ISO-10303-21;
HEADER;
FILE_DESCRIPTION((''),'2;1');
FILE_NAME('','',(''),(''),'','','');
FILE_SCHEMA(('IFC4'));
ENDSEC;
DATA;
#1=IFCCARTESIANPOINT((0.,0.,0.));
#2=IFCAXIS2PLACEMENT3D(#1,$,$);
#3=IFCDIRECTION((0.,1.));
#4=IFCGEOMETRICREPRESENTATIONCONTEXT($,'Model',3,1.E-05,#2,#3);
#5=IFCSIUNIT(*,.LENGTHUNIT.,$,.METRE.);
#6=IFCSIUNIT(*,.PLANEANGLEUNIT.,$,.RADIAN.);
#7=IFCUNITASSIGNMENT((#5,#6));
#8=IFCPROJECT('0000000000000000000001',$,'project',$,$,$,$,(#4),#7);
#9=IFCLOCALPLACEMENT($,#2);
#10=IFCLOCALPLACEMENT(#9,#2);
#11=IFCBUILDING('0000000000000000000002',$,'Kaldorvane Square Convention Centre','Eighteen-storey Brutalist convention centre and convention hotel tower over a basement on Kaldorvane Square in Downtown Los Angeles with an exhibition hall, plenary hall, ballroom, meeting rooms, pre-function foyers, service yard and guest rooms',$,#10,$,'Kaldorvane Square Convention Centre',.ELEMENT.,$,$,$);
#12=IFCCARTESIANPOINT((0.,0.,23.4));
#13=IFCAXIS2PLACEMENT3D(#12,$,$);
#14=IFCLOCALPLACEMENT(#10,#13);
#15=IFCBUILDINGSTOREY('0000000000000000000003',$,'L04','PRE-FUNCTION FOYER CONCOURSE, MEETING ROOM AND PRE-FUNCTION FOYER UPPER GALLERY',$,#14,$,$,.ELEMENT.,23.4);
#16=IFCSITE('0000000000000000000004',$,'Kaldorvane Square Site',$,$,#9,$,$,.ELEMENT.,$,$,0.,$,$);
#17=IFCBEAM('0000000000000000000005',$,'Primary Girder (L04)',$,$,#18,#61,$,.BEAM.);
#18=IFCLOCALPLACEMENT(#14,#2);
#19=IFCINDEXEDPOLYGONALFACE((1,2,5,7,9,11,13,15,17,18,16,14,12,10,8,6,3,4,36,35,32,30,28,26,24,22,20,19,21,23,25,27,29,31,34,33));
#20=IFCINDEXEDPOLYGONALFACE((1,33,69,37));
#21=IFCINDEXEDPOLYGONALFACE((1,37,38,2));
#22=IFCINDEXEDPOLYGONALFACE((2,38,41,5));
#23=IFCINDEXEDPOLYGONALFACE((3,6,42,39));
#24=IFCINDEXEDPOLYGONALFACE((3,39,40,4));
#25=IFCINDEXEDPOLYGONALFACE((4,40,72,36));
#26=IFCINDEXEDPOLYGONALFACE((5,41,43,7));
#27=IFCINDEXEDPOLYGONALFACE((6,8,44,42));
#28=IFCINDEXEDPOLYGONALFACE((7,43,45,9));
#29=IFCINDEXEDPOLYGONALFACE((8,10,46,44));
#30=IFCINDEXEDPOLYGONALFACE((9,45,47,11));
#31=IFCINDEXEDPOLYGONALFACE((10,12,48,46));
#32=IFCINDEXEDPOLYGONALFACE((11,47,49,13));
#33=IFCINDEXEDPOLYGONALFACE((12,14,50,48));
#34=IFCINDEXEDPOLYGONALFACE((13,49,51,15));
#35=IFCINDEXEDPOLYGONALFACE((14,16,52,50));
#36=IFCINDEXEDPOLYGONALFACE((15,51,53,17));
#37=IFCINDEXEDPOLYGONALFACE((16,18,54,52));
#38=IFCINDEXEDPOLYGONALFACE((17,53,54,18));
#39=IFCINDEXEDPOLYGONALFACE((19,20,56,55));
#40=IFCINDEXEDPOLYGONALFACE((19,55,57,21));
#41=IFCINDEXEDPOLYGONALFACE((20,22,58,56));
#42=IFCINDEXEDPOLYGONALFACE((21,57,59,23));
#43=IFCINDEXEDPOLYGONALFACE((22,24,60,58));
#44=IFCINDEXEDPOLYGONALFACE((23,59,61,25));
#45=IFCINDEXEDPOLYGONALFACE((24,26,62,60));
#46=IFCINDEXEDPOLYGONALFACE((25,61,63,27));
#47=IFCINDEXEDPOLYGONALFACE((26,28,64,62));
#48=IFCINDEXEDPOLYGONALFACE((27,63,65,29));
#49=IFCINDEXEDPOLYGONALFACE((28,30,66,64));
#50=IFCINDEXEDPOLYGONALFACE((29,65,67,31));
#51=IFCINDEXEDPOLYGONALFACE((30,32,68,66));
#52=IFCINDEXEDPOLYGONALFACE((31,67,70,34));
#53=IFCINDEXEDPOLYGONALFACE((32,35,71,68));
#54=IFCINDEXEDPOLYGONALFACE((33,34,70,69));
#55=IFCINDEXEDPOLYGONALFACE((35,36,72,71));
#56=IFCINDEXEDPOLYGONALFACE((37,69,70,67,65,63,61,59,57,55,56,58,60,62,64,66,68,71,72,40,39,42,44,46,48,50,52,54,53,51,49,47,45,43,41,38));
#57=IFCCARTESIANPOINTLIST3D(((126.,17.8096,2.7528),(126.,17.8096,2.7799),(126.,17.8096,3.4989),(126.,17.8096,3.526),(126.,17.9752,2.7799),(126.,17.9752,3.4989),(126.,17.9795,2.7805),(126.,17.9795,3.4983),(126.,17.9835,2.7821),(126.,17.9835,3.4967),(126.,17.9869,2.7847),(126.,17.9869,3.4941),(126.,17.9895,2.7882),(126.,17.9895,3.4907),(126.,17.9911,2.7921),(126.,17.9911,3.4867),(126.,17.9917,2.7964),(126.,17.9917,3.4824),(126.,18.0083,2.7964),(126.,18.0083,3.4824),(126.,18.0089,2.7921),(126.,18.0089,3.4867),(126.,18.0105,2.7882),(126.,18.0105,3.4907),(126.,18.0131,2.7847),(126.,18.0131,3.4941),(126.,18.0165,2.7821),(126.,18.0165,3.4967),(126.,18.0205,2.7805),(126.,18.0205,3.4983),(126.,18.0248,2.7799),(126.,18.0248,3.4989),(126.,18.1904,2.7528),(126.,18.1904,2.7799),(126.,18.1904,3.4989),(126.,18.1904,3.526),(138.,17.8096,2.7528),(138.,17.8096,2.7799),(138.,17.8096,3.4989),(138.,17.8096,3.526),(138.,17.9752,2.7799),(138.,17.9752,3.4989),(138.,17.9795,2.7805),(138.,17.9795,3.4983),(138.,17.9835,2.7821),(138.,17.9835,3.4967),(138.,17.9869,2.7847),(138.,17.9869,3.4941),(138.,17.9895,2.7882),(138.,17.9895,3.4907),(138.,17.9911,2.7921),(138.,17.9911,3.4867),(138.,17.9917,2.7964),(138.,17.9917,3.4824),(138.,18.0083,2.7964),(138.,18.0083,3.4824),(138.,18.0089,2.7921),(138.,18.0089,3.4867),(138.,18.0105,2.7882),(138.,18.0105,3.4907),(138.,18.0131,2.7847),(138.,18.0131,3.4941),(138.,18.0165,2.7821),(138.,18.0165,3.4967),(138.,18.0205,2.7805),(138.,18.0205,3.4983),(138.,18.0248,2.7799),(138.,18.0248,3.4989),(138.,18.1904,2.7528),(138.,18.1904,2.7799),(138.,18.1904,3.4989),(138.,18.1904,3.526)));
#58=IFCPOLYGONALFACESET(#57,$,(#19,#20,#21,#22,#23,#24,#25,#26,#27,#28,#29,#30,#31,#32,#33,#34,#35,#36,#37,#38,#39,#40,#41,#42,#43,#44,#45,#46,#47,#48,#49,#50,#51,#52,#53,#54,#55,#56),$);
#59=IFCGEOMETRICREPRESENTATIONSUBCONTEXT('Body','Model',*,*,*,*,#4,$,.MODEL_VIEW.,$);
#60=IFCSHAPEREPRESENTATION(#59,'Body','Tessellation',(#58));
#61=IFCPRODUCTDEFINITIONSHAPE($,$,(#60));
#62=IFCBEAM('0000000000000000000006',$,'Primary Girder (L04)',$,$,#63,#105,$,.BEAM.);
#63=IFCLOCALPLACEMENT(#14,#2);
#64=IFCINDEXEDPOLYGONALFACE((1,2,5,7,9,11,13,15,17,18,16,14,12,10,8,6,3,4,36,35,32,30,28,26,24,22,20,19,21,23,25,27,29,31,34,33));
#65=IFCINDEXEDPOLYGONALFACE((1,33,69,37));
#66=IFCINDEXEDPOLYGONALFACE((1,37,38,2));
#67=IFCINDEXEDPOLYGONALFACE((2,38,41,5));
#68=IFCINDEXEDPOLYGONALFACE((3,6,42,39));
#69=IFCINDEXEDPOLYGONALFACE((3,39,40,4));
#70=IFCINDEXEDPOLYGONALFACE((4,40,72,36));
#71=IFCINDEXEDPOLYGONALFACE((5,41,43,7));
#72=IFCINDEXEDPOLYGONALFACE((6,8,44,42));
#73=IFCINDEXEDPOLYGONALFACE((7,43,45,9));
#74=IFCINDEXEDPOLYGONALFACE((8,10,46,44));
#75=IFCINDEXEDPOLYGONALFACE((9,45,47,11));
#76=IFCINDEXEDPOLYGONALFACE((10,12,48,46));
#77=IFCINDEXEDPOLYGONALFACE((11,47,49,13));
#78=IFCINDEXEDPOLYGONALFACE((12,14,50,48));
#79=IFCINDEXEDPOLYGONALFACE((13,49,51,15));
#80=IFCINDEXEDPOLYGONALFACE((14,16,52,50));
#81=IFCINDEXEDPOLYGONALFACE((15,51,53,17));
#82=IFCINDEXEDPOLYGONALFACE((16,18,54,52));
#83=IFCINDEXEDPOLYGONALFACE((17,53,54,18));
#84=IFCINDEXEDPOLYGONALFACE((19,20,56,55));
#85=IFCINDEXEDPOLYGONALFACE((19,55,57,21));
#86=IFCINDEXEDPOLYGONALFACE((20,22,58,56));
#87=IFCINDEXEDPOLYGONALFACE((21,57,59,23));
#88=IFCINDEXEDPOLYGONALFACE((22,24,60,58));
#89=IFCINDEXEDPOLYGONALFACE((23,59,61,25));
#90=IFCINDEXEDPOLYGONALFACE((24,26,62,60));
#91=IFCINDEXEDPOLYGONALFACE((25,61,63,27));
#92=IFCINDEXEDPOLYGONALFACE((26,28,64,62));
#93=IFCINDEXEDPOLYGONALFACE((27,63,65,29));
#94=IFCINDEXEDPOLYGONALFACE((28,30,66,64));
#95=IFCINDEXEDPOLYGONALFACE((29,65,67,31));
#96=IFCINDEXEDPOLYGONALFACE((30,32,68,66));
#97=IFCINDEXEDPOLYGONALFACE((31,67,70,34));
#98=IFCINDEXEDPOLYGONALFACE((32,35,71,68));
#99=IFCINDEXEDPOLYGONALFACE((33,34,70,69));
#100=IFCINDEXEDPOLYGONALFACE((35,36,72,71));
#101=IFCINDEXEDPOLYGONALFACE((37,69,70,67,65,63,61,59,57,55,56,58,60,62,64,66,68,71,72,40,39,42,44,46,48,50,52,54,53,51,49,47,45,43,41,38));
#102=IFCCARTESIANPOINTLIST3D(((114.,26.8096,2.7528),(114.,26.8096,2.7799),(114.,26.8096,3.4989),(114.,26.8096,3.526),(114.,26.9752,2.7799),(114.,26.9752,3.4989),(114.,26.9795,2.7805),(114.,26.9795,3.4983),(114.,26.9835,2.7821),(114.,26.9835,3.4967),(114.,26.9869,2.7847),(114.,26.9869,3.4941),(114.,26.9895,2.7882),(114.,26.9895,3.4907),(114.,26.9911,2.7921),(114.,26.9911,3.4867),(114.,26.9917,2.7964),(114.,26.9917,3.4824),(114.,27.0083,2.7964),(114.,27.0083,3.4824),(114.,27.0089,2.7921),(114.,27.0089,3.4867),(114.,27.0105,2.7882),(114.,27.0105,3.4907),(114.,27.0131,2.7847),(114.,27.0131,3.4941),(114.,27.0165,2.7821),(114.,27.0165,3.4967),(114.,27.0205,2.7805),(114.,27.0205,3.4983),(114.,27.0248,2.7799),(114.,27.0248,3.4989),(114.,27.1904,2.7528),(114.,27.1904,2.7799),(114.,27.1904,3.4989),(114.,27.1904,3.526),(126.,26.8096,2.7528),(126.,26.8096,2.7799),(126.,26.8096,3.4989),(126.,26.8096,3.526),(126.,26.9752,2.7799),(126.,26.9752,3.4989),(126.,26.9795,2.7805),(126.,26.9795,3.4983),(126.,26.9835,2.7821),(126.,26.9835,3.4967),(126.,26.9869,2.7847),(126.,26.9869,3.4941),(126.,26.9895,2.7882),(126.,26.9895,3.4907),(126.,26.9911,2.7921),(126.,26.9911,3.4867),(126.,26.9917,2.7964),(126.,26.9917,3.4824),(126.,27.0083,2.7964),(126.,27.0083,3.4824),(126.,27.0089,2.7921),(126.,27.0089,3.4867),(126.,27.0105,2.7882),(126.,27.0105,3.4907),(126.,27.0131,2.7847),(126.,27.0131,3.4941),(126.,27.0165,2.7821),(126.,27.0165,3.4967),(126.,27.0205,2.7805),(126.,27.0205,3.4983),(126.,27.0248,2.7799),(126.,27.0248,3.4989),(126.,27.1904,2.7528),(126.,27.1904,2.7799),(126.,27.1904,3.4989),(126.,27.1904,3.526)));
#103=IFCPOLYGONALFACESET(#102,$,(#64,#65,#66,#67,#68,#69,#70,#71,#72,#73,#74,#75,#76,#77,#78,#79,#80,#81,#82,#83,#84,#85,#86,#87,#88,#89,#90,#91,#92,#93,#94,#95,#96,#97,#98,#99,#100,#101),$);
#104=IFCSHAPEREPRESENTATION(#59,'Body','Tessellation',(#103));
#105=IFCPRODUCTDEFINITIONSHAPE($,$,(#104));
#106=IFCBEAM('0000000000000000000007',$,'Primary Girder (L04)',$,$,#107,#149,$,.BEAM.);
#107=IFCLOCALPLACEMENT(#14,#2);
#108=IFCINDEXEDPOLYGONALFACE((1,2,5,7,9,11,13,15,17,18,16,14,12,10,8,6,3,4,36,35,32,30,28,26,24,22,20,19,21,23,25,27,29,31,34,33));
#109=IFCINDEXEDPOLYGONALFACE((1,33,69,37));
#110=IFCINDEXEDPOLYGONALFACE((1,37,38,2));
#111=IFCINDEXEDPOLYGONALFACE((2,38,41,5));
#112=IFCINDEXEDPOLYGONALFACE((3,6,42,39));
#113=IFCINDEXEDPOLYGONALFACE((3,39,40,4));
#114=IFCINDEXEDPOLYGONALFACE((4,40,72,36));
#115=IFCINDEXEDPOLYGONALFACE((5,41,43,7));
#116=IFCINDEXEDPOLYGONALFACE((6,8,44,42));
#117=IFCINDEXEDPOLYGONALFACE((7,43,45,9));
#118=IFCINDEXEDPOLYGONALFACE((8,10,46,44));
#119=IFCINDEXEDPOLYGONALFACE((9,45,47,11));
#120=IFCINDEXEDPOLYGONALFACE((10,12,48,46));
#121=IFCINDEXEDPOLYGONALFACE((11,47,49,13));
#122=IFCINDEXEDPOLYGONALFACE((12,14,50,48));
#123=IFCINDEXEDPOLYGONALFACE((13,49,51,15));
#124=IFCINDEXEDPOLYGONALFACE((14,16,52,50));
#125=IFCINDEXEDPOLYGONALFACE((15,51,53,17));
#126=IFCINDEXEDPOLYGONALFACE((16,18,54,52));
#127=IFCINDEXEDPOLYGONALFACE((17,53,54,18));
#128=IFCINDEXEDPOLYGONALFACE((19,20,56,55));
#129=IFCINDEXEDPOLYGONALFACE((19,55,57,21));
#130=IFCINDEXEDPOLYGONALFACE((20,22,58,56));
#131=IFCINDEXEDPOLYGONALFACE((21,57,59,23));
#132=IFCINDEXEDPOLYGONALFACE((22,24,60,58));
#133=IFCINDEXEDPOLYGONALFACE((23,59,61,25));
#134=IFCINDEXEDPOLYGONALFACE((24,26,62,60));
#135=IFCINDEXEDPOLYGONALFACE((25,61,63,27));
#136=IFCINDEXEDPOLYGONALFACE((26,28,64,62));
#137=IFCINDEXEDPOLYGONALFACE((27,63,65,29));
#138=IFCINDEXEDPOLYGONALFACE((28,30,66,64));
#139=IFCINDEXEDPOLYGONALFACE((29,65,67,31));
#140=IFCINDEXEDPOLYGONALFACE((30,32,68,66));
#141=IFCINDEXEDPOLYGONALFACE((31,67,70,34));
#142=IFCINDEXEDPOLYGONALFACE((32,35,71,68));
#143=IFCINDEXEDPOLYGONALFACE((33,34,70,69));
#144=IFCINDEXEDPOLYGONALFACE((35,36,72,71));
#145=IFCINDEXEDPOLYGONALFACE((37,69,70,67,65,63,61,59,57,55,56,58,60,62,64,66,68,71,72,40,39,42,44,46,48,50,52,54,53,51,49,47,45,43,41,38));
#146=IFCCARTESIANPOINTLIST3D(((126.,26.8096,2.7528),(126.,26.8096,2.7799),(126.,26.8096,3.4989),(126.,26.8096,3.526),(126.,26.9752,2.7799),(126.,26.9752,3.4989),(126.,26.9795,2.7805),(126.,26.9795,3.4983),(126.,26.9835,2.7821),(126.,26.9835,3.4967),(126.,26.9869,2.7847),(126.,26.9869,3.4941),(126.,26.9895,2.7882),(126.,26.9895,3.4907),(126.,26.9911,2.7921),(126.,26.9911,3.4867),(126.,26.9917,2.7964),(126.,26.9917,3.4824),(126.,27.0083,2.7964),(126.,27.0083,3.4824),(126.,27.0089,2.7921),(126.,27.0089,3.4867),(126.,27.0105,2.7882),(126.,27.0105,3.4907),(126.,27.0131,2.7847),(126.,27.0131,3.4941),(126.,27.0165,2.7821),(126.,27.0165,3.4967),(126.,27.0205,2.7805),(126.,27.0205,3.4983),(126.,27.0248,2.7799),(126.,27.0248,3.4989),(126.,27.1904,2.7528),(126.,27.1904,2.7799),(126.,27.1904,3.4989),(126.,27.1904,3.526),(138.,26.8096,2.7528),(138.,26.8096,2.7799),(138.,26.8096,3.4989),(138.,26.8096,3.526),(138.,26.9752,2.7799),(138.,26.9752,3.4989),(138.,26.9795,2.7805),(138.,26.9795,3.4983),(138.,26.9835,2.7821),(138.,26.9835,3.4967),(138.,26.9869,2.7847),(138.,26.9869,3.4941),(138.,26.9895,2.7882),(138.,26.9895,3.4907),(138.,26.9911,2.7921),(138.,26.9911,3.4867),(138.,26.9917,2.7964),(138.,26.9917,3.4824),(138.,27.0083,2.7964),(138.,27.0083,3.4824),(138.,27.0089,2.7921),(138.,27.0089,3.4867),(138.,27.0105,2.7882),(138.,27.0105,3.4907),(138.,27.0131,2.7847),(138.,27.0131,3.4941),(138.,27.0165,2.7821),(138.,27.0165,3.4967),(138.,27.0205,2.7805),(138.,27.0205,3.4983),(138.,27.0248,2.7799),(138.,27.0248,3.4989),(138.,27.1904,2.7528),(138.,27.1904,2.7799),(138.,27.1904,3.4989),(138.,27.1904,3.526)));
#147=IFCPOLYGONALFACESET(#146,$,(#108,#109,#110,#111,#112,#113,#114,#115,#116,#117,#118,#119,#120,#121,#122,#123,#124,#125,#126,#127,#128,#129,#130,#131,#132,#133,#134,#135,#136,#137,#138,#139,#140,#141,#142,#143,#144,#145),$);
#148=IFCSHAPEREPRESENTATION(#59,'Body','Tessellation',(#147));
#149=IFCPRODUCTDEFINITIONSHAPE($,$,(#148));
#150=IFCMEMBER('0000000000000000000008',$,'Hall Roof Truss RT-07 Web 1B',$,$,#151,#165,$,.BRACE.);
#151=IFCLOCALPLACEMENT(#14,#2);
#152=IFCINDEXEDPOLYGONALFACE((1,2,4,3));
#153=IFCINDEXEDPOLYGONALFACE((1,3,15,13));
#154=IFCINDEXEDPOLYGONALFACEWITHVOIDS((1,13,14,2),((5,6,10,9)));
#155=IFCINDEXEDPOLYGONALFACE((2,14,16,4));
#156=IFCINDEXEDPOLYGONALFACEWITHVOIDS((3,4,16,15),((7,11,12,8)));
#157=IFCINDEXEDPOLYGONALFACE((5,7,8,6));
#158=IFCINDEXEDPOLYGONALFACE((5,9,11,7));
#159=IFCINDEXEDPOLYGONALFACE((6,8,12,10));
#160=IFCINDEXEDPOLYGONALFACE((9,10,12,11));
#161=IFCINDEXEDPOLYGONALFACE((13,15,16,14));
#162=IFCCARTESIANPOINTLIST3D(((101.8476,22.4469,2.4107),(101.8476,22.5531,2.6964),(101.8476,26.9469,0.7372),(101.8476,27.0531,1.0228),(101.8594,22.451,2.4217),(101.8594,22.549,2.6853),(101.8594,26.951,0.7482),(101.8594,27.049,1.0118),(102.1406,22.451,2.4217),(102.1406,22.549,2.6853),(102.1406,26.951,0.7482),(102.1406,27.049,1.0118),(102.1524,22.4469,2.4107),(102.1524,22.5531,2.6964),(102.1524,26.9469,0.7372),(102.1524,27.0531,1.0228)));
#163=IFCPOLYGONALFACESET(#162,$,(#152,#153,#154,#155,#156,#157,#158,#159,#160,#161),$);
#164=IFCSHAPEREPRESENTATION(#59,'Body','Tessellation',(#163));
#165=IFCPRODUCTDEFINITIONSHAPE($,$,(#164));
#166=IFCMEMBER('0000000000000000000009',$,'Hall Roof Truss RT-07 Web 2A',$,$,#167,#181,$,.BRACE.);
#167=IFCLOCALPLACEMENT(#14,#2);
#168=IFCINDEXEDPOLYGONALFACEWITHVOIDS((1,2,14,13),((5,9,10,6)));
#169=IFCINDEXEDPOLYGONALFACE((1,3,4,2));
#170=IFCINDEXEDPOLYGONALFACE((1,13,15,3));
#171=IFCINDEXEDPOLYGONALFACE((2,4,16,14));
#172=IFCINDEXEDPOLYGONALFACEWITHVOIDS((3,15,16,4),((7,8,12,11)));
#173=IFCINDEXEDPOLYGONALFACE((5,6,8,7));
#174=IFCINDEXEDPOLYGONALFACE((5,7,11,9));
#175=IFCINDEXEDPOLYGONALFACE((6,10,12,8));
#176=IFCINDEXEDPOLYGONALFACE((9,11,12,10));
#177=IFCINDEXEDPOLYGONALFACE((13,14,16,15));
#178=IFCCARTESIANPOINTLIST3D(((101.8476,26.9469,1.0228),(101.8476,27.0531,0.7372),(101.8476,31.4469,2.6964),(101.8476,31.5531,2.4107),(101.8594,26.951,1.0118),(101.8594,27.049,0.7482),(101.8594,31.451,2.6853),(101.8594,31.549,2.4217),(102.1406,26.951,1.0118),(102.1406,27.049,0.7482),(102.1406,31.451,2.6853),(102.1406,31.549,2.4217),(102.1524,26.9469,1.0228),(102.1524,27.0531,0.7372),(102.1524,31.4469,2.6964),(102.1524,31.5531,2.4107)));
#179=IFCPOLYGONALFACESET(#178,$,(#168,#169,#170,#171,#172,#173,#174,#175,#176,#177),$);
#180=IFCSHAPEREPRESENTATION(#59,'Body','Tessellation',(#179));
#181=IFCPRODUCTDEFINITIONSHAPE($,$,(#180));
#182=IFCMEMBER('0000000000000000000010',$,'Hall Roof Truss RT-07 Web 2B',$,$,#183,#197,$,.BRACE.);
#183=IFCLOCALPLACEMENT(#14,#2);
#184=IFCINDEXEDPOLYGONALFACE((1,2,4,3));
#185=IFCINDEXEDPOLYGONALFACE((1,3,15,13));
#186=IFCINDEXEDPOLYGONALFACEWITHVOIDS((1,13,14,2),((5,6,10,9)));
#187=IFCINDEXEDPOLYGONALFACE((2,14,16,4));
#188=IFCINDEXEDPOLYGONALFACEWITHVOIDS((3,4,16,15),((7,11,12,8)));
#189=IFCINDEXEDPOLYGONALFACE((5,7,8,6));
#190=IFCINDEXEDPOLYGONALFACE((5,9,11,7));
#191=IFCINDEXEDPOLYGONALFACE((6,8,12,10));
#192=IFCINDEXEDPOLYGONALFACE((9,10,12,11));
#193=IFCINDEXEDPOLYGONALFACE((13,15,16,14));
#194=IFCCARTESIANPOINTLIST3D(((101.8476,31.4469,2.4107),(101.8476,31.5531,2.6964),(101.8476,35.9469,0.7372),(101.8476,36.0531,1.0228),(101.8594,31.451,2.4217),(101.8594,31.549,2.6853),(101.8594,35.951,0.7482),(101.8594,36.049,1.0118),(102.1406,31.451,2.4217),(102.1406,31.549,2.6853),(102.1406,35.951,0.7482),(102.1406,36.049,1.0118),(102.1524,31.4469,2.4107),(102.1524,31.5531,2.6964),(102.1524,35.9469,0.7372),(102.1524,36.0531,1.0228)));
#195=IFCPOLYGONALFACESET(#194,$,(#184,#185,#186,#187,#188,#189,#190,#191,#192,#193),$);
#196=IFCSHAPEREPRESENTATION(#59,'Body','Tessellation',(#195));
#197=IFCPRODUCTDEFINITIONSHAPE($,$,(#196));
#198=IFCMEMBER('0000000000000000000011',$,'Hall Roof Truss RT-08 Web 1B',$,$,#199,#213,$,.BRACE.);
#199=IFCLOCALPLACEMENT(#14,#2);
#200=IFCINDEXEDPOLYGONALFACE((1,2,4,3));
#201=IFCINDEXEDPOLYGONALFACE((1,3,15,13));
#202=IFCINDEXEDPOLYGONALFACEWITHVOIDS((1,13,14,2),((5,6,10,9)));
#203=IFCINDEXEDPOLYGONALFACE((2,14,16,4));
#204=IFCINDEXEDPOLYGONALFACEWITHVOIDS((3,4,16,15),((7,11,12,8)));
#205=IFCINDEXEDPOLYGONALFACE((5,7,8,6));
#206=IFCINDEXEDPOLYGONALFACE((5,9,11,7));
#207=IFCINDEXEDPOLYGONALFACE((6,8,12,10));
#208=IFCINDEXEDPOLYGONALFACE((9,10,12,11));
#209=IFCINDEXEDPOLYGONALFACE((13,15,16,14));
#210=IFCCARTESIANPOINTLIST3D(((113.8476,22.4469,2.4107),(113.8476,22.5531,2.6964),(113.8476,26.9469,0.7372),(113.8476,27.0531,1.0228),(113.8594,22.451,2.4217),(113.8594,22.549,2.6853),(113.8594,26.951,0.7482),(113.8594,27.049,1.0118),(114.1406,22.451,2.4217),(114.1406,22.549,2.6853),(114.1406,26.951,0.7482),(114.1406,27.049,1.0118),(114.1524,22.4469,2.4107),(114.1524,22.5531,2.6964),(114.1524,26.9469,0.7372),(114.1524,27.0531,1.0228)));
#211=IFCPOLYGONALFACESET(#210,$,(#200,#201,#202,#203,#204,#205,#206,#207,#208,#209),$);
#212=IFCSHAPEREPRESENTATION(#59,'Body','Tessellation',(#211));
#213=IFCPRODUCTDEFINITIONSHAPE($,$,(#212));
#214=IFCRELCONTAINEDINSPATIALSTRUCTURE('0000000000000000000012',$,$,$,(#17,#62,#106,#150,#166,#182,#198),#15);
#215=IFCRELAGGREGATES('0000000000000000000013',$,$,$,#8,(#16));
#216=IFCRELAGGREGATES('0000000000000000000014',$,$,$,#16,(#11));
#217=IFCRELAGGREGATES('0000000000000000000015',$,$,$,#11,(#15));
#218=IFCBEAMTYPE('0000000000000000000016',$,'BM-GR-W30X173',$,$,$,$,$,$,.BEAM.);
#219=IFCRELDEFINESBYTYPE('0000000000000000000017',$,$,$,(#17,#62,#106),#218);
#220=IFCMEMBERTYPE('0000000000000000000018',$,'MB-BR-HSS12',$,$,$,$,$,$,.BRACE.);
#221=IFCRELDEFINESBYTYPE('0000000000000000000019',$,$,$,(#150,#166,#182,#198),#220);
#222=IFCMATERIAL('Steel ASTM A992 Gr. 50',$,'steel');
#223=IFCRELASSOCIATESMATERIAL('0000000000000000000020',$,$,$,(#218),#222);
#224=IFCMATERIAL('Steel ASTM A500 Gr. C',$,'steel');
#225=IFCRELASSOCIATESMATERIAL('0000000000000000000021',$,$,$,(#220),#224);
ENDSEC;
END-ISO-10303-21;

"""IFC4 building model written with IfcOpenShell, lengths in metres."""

from ifc_helpers import new_model, si_unit, direction, frame, origin, origin_2d, place, context, subcontext, project, spatial, hollow_rectangle, i_section, extrude, material, material_profile, profile_set, type_object, element, save


model = new_model("IFC4")

# Units and contexts
model_context = context("Model", 3, precision=1e-05, world=origin(), true_north=direction((0.0, 1.0)))
body_context = subcontext(model_context, "Body", "Model", "MODEL_VIEW")
ifc_project = project(units=[si_unit("LENGTHUNIT", "METRE"), si_unit("PLANEANGLEUNIT", "RADIAN")], contexts=[model_context])

# Site, building, storey
site_placement = place(None, origin())
site = spatial("IfcSite", under=ifc_project, at=site_placement, Name="Kaldorvane Square Site", CompositionType="ELEMENT", RefElevation=0.0)
building_placement = place(site_placement, origin())
building = spatial("IfcBuilding", under=site, at=building_placement, Name="Kaldorvane Square Convention Centre", Description="Eighteen-storey Brutalist convention centre and convention hotel tower over a basement on Kaldorvane Square in Downtown Los Angeles with an exhibition hall, plenary hall, ballroom, meeting rooms, pre-function foyers, service yard and guest rooms", LongName="Kaldorvane Square Convention Centre", CompositionType="ELEMENT")
storey_placement = place(building_placement, frame((0.0, 0.0, 23.4)))
storey = spatial("IfcBuildingStorey", under=building, at=storey_placement, Name="L04", Description="PRE-FUNCTION FOYER CONCOURSE, MEETING ROOM AND PRE-FUNCTION FOYER UPPER GALLERY", CompositionType="ELEMENT", Elevation=23.4)

# Shared definitions
ifc_material_1 = material(Name="Steel ASTM A992 Gr. 50", Category="steel")

# Beams
ifc_material_profile_1 = material_profile(ifc_material_1, i_section(OverallWidth=0.3807, OverallDepth=0.7732, WebThickness=0.0166, FlangeThickness=0.0271, FilletRadius=0.0165, at=origin_2d()), Name="W30X173")
ifc_profile_set_1 = profile_set([ifc_material_profile_1], Name="Steel ASTM A992 Gr. 50")
beam_type_1 = type_object("IfcBeamType", Name="BM-GR-W30X173", PredefinedType="BEAM", material=ifc_profile_set_1)
for number, where, z_axis, x_axis, name in (
    (1, (126.0, 18.0, 3.1394), (1.0, 0.0, 0.0), (0.0, 1.0, 0.0), "Primary Girder (L04)"),
    (2, (114.0, 27.0, 3.1394), (1.0, 0.0, 0.0), (0.0, 1.0, 0.0), "Primary Girder (L04)"),
    (3, (126.0, 27.0, 3.1394), (1.0, 0.0, 0.0), (0.0, 1.0, 0.0), "Primary Girder (L04)"),
):
    element("IfcBeam", number, at=place(storey_placement, frame(where, z_axis=z_axis, x_axis=x_axis)), inside=storey, type_object=beam_type_1, Name=name, PredefinedType="BEAM", context=body_context, shape_type="SweptSolid", body=[
        extrude(i_section(OverallWidth=0.3807, OverallDepth=0.7732, WebThickness=0.0166, FlangeThickness=0.0271, FilletRadius=0.0165, at=origin_2d()), origin(), (0.0, 0.0, 1.0), 12.0),
    ])

# Members
ifc_material_2 = material(Name="Steel ASTM A500 Gr. C", Category="steel")
ifc_material_profile_2 = material_profile(ifc_material_2, hollow_rectangle(XDim=0.3048, YDim=0.3048, WallThickness=0.0118, at=origin_2d()), Name="HSS12X12X1/2")
ifc_profile_set_2 = profile_set([ifc_material_profile_2], Name="Steel ASTM A500 Gr. C")
member_type_1 = type_object("IfcMemberType", Name="MB-BR-HSS12", PredefinedType="BRACE", material=ifc_profile_set_2)
for number, where, z_axis, x_axis, name in (
    (4, (102.0, 22.5, 2.5535), (0.0, 0.937284, -0.348567), (-1.0, 0.0, 0.0), "Hall Roof Truss RT-07 Web 1B"),
    (5, (102.0, 27.0, 0.88), (0.0, 0.937284, 0.348567), (-1.0, 0.0, 0.0), "Hall Roof Truss RT-07 Web 2A"),
    (6, (102.0, 31.5, 2.5535), (0.0, 0.937284, -0.348567), (-1.0, 0.0, 0.0), "Hall Roof Truss RT-07 Web 2B"),
    (7, (114.0, 22.5, 2.5535), (0.0, 0.937284, -0.348567), (-1.0, 0.0, 0.0), "Hall Roof Truss RT-08 Web 1B"),
):
    element("IfcMember", number, at=place(storey_placement, frame(where, z_axis=z_axis, x_axis=x_axis)), inside=storey, type_object=member_type_1, Name=name, PredefinedType="BRACE", context=body_context, shape_type="SweptSolid", body=[
        extrude(hollow_rectangle(XDim=0.3048, YDim=0.3048, WallThickness=0.0118, at=origin_2d()), origin(), (0.0, 0.0, 1.0), 4.8011),
    ])

save(model, "model.ifc")
